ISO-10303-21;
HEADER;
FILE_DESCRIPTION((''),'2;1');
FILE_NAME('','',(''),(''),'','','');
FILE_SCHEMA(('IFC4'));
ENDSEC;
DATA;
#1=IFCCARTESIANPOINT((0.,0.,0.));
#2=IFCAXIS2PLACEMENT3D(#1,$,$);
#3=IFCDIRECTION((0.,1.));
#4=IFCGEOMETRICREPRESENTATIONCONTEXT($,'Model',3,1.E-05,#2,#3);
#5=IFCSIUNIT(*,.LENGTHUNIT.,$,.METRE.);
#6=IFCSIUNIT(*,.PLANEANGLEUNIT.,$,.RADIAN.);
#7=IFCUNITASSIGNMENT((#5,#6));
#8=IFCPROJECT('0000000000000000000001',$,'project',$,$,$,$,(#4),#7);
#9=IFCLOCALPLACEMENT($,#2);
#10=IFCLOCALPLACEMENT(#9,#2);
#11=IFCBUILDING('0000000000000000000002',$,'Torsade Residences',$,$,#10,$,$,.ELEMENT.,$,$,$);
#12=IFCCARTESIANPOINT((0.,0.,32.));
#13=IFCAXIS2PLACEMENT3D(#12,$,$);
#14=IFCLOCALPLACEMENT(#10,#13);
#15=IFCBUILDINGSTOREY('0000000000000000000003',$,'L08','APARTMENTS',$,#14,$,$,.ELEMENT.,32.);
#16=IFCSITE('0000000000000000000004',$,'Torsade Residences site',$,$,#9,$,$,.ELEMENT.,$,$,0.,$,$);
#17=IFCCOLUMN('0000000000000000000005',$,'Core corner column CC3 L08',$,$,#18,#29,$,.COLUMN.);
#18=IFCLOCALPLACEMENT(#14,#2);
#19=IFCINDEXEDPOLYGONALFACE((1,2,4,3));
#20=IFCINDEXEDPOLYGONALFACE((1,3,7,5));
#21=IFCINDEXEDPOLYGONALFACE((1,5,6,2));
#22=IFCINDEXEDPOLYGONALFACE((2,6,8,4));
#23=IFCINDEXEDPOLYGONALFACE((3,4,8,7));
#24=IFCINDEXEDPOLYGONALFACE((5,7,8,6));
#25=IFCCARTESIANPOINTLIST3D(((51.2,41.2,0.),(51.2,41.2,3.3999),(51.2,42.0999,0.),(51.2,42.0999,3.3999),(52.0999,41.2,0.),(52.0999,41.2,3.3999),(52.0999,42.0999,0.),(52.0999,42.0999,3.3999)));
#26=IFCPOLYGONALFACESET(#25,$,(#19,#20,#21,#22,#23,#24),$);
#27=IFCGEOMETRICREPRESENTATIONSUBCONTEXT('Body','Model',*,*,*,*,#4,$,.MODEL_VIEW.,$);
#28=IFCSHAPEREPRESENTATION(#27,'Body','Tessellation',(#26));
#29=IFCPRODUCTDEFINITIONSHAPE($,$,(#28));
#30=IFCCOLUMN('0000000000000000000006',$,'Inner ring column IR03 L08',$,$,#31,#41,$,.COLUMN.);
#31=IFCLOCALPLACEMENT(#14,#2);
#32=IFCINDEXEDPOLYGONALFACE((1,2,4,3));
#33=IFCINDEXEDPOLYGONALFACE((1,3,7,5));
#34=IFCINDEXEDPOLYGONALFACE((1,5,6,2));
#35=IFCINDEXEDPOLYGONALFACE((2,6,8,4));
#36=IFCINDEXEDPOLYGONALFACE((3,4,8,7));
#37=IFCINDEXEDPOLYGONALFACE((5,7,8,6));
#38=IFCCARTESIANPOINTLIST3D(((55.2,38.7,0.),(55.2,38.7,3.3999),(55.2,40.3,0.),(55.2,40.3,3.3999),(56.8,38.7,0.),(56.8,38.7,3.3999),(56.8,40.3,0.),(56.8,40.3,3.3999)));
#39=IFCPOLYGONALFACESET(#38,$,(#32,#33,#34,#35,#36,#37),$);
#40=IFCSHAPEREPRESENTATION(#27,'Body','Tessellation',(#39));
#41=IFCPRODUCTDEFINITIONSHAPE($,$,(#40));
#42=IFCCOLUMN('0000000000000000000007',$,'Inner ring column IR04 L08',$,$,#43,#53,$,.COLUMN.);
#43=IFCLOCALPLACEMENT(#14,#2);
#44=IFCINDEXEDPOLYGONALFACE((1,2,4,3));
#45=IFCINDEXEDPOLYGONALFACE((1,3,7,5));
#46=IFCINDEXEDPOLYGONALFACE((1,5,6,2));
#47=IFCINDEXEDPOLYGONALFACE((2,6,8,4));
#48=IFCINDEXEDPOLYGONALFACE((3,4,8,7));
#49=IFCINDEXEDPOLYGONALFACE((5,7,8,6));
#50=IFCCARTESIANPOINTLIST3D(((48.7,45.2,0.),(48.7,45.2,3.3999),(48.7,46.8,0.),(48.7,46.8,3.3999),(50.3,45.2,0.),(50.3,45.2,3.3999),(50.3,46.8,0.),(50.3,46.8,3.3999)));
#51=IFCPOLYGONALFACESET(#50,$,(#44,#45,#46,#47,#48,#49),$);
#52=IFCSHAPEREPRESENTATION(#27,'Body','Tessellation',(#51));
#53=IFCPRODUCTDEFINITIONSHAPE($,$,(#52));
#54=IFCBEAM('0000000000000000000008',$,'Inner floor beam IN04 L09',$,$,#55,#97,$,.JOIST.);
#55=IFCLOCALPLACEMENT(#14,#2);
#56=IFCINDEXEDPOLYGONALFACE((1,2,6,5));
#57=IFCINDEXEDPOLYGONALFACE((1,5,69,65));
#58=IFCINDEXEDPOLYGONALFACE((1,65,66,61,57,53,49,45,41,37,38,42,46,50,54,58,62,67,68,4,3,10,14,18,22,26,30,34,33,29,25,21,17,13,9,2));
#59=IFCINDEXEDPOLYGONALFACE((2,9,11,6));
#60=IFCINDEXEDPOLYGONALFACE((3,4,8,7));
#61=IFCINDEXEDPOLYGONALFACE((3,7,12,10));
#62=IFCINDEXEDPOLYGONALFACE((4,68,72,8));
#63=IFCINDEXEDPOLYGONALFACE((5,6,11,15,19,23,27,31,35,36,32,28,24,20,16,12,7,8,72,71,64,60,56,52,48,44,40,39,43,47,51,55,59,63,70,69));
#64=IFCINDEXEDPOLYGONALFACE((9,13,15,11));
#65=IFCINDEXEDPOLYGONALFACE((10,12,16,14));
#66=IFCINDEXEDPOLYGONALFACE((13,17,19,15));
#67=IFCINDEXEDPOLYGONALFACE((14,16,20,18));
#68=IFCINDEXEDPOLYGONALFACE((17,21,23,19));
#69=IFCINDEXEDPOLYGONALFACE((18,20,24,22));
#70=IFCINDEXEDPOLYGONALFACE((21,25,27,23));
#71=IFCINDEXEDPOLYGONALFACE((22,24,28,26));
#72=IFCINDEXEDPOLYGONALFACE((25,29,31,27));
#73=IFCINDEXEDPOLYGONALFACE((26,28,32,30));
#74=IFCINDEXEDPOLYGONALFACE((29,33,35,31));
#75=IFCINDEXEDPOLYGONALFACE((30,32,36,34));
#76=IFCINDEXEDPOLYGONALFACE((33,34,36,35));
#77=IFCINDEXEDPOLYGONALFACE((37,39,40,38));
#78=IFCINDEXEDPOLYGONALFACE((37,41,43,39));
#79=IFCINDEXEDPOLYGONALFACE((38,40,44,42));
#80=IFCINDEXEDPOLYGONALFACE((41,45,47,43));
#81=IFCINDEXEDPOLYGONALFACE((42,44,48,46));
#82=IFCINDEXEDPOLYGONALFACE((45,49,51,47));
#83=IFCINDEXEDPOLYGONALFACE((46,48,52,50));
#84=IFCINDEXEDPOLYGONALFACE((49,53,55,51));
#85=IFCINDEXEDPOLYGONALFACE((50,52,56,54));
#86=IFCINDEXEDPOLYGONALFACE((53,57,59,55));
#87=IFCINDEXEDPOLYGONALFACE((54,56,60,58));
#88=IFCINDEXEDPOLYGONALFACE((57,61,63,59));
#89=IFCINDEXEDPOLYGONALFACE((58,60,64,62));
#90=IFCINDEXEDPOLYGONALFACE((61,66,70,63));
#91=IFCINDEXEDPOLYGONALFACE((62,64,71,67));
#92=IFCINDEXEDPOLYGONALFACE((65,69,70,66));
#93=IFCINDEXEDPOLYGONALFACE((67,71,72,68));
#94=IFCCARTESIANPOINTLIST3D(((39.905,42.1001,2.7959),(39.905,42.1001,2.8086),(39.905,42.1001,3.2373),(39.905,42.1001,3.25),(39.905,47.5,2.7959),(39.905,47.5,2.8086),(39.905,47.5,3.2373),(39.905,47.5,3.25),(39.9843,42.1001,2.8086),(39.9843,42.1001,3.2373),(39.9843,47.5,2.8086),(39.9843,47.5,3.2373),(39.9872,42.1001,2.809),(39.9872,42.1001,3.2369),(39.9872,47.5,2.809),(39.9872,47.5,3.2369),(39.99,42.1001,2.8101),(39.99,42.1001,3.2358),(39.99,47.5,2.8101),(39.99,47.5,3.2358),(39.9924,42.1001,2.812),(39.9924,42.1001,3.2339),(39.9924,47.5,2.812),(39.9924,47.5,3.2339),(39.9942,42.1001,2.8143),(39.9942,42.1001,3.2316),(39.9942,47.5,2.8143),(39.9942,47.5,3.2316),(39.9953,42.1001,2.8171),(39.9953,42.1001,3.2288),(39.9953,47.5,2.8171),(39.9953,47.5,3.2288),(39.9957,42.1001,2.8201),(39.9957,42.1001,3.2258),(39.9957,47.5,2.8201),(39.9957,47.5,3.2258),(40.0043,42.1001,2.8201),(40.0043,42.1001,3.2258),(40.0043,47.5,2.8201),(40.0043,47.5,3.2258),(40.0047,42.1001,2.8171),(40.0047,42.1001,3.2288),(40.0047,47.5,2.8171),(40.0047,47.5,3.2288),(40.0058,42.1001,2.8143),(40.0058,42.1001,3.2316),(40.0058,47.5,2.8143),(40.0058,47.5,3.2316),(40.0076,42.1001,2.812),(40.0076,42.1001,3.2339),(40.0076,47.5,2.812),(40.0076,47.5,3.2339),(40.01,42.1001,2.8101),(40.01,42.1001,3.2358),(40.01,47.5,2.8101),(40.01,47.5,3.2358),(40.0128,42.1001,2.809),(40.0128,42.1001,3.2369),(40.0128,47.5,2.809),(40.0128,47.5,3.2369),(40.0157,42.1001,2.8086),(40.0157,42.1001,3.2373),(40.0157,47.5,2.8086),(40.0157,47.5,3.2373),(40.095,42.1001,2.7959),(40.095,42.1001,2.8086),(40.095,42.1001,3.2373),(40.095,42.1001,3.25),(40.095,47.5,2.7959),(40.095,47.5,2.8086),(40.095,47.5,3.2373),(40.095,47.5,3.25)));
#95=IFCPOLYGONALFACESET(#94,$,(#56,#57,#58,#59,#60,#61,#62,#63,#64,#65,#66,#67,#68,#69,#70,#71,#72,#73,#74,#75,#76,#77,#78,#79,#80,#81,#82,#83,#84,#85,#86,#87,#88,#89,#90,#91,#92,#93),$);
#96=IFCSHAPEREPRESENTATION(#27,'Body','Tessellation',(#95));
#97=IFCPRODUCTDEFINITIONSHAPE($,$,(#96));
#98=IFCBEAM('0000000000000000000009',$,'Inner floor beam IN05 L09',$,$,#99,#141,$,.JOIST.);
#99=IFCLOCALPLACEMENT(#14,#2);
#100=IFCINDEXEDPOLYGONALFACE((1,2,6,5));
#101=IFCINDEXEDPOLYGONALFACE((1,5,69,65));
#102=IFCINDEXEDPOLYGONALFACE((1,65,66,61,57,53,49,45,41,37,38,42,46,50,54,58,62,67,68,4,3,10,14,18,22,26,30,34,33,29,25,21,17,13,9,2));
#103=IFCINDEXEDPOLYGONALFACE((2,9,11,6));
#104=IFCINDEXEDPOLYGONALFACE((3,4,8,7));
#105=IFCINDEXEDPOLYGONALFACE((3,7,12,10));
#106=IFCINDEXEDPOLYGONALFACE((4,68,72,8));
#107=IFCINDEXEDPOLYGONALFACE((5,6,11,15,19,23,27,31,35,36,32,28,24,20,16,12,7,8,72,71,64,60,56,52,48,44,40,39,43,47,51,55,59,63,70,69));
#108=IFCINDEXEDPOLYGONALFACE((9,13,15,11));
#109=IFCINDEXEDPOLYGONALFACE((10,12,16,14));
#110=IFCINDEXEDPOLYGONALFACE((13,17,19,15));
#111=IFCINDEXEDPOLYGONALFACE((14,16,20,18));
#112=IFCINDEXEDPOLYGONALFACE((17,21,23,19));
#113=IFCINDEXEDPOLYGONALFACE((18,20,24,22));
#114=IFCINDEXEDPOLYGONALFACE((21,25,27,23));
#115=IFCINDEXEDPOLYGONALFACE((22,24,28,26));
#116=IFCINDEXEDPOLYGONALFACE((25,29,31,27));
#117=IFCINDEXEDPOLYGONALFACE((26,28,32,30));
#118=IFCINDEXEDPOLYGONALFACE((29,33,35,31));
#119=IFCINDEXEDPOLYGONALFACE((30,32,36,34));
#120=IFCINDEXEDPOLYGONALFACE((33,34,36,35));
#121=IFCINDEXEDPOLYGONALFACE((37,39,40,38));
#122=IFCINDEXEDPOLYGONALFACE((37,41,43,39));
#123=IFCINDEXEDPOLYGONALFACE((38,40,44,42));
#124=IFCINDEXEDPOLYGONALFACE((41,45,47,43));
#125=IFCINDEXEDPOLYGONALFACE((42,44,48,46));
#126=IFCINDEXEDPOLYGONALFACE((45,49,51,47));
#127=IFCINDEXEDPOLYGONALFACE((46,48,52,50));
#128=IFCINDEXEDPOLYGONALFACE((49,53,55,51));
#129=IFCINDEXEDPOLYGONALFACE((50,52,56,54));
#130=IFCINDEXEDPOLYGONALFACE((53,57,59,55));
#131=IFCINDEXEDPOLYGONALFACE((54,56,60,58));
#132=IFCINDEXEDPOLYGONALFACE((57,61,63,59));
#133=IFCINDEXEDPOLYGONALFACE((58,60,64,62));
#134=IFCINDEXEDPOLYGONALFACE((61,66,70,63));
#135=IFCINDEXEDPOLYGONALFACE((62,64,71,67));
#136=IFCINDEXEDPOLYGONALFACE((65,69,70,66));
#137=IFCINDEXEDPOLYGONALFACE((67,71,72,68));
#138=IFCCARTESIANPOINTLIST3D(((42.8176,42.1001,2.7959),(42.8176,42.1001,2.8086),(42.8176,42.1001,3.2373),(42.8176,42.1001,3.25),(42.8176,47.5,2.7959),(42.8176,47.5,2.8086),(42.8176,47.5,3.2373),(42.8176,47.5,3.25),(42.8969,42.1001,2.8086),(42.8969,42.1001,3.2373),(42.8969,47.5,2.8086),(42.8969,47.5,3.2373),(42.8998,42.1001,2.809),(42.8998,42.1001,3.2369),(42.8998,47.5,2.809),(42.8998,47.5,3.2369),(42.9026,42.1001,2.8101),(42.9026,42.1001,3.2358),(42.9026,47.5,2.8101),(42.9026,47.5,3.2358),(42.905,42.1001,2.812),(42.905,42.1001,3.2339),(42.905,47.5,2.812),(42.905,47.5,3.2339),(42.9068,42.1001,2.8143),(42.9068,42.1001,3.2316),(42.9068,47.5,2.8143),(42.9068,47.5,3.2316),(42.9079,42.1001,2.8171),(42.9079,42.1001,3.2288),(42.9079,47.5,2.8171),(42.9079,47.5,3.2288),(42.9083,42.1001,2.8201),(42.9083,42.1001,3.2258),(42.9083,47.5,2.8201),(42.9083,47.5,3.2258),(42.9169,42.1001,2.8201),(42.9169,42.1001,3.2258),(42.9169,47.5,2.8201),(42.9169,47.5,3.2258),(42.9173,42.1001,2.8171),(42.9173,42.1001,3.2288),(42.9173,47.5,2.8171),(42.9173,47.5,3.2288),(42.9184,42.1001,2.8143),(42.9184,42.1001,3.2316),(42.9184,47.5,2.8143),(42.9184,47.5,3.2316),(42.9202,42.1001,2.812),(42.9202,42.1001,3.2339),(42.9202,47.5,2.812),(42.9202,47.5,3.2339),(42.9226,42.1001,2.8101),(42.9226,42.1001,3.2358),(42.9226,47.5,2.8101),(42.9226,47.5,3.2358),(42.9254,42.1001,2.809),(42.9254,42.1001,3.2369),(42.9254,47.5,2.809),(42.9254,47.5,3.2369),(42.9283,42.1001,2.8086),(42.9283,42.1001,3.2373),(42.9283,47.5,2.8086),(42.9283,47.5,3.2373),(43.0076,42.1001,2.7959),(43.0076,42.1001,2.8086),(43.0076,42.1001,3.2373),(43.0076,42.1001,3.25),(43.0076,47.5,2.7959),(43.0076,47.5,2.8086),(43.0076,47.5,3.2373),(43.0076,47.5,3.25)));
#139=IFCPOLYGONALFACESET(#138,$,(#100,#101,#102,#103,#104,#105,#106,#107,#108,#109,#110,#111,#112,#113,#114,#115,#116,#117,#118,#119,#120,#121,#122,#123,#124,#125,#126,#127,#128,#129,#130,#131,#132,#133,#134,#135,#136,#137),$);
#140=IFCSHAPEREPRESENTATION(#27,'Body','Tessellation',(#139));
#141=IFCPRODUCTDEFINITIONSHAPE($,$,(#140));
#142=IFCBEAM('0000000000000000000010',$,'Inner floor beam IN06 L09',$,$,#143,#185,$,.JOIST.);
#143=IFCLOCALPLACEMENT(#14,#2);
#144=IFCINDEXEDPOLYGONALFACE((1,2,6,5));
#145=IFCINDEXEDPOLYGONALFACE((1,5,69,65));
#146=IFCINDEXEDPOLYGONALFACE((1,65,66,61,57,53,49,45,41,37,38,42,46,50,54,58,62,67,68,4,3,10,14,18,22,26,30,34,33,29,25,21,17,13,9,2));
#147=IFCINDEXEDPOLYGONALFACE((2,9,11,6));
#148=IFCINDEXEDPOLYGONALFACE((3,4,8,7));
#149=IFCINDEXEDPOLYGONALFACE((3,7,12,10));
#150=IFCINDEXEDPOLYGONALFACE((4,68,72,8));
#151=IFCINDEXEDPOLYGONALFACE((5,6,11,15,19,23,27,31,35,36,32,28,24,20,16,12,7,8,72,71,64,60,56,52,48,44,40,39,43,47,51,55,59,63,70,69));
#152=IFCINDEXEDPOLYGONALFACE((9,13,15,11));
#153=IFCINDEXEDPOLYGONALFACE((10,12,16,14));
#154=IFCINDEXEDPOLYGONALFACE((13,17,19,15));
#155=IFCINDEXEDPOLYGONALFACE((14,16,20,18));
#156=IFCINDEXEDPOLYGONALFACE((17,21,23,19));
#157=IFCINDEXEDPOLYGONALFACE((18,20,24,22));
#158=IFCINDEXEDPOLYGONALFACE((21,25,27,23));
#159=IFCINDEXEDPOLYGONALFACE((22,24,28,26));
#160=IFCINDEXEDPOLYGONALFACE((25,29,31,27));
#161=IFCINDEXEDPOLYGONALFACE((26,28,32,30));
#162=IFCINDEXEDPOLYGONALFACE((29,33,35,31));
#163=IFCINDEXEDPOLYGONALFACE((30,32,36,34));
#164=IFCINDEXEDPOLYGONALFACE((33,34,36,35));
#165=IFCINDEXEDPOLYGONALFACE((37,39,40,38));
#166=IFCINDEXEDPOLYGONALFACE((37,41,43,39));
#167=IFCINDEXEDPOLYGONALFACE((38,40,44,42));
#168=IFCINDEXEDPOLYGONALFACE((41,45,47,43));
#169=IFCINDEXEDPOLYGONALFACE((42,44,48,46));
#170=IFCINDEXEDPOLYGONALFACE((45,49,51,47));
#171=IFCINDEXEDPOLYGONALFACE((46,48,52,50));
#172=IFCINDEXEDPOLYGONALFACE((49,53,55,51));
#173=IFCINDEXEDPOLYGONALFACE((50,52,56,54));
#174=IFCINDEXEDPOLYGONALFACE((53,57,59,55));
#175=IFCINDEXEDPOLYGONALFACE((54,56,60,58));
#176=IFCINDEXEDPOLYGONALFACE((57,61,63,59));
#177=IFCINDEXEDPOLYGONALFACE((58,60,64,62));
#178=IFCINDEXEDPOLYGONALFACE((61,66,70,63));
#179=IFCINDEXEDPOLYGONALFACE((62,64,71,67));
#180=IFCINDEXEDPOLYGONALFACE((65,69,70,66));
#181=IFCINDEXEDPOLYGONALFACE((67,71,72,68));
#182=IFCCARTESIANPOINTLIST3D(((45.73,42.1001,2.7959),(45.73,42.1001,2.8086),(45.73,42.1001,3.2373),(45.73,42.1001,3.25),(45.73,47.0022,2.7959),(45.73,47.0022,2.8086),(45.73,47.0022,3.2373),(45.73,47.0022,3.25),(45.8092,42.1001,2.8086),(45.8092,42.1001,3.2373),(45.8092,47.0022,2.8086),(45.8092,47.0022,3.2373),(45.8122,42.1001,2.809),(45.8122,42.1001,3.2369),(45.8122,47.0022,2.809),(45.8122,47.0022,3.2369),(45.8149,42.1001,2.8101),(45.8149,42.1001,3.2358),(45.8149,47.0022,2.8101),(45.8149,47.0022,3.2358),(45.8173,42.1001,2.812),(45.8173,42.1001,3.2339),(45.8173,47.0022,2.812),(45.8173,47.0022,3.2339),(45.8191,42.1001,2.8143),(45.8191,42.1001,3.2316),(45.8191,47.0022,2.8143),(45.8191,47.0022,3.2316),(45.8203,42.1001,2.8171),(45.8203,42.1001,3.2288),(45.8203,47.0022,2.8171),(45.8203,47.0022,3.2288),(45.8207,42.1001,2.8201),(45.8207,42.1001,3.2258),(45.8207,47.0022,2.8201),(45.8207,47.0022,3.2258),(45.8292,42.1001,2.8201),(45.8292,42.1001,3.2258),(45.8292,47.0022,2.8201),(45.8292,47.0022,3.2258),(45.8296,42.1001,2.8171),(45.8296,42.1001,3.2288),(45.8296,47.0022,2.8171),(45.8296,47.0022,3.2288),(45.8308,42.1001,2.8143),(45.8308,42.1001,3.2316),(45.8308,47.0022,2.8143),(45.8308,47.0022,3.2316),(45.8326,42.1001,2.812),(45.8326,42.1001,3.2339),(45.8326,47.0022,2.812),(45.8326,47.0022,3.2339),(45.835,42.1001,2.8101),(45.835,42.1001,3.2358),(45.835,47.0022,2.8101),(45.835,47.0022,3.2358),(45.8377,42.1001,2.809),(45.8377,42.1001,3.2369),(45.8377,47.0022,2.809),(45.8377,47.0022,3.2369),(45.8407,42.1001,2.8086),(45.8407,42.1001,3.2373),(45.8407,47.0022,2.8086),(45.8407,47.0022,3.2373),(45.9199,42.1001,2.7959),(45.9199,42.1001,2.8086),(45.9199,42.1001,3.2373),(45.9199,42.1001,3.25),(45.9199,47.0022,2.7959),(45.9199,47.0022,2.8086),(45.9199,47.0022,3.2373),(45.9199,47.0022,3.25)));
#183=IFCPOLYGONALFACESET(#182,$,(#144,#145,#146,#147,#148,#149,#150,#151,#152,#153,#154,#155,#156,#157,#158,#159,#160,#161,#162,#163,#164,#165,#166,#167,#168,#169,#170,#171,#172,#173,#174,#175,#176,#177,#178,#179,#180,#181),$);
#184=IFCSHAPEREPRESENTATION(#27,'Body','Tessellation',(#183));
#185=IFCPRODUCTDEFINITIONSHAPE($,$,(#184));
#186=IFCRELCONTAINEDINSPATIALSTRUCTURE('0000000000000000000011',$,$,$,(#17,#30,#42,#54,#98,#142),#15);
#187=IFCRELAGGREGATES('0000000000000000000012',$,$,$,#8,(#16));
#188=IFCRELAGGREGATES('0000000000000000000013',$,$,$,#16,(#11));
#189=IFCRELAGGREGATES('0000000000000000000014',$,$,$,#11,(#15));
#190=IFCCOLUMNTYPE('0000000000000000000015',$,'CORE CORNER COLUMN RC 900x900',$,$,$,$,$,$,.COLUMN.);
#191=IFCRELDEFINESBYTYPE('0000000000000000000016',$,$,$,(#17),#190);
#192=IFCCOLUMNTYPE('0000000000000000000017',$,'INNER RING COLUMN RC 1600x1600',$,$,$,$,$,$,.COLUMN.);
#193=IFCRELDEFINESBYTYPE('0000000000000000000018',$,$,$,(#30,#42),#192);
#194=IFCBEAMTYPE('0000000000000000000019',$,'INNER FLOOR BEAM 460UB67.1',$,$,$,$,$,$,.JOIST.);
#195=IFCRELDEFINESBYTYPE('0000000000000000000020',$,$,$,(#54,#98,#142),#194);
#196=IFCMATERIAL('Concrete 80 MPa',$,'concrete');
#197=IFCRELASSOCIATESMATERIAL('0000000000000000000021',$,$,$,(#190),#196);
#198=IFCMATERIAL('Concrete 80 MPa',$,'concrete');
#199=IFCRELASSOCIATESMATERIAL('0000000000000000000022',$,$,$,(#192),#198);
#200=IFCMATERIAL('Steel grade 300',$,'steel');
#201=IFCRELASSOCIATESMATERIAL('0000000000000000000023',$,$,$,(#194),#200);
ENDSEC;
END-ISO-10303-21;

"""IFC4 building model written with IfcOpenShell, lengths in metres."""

from ifc_helpers import new_model, si_unit, direction, frame, origin, origin_2d, place, context, subcontext, project, spatial, rectangle, i_section, extrude, material, material_profile, profile_set, type_object, element, save


model = new_model("IFC4")

# Units and contexts
model_context = context("Model", 3, precision=1e-05, world=origin(), true_north=direction((0.0, 1.0)))
body_context = subcontext(model_context, "Body", "Model", "MODEL_VIEW")
ifc_project = project(units=[si_unit("LENGTHUNIT", "METRE"), si_unit("PLANEANGLEUNIT", "RADIAN")], contexts=[model_context])

# Site, building, storey
site_placement = place(None, origin())
site = spatial("IfcSite", under=ifc_project, at=site_placement, Name="Torsade Residences site", CompositionType="ELEMENT", RefElevation=0.0)
building_placement = place(site_placement, origin())
building = spatial("IfcBuilding", under=site, at=building_placement, Name="Torsade Residences", CompositionType="ELEMENT")
storey_placement = place(building_placement, frame((0.0, 0.0, 32.0)))
storey = spatial("IfcBuildingStorey", under=building, at=storey_placement, Name="L08", Description="APARTMENTS", CompositionType="ELEMENT", Elevation=32.0)

# Columns
ifc_material_1 = material(Name="Concrete 80 MPa", Category="concrete")
ifc_material_profile_1 = material_profile(ifc_material_1, rectangle(XDim=0.8999, YDim=0.8999, at=origin_2d()), Name="RC 900x900")
ifc_profile_set_1 = profile_set([ifc_material_profile_1], Name="Concrete 80 MPa")
column_type_1 = type_object("IfcColumnType", Name="CORE CORNER COLUMN RC 900x900", PredefinedType="COLUMN", material=ifc_profile_set_1)
column_placement = place(storey_placement, frame((51.6499, 41.6499, 0.0), z_axis=(0.0, 0.0, 1.0), x_axis=(1.0, 0.0, 0.0)))
element("IfcColumn", 1, at=column_placement, inside=storey, type_object=column_type_1, Name="Core corner column CC3 L08", PredefinedType="COLUMN", context=body_context, shape_type="SweptSolid", body=[
    extrude(rectangle(XDim=0.8999, YDim=0.8999, at=origin_2d()), origin(), (0.0, 0.0, 1.0), 3.3999),
])
ifc_material_2 = material(Name="Concrete 80 MPa", Category="concrete")
ifc_material_profile_2 = material_profile(ifc_material_2, rectangle(XDim=1.6001, YDim=1.6001, at=origin_2d()), Name="RC 1600x1600")
ifc_profile_set_2 = profile_set([ifc_material_profile_2], Name="Concrete 80 MPa")
column_type_2 = type_object("IfcColumnType", Name="INNER RING COLUMN RC 1600x1600", PredefinedType="COLUMN", material=ifc_profile_set_2)
for number, where, z_axis, x_axis, name in (
    (2, (56.0, 39.5, 0.0), (0.0, 0.0, 1.0), (1.0, 0.0, 0.0), "Inner ring column IR03 L08"),
    (3, (49.5, 46.0, 0.0), (0.0, 0.0, 1.0), (1.0, 0.0, 0.0), "Inner ring column IR04 L08"),
):
    element("IfcColumn", number, at=place(storey_placement, frame(where, z_axis=z_axis, x_axis=x_axis)), inside=storey, type_object=column_type_2, Name=name, PredefinedType="COLUMN", context=body_context, shape_type="SweptSolid", body=[
        extrude(rectangle(XDim=1.6001, YDim=1.6001, at=origin_2d()), origin(), (0.0, 0.0, 1.0), 3.3999),
    ])

# Beams
ifc_material_3 = material(Name="Steel grade 300", Category="steel")
ifc_material_profile_3 = material_profile(ifc_material_3, i_section(OverallWidth=0.1899, OverallDepth=0.4541, WebThickness=0.0085, FlangeThickness=0.0127, FilletRadius=0.0115, at=origin_2d()), Name="460UB67.1")
ifc_profile_set_3 = profile_set([ifc_material_profile_3], Name="Steel grade 300")
beam_type_1 = type_object("IfcBeamType", Name="INNER FLOOR BEAM 460UB67.1", PredefinedType="JOIST", material=ifc_profile_set_3)
for number, where, z_axis, x_axis, name in (
    (4, (40.0, 42.1001, 3.0229), (0.0, 1.0, 0.0), (-1.0, 0.0, 0.0), "Inner floor beam IN04 L09"),
    (5, (42.9126, 42.1001, 3.0229), (0.0, 1.0, 0.0), (-1.0, 0.0, 0.0), "Inner floor beam IN05 L09"),
):
    element("IfcBeam", number, at=place(storey_placement, frame(where, z_axis=z_axis, x_axis=x_axis)), inside=storey, type_object=beam_type_1, Name=name, PredefinedType="JOIST", context=body_context, shape_type="SweptSolid", body=[
        extrude(i_section(OverallWidth=0.1899, OverallDepth=0.4541, WebThickness=0.0085, FlangeThickness=0.0127, FilletRadius=0.0115, at=origin_2d()), origin(), (0.0, 0.0, 1.0), 5.3999),
    ])
beam_1_placement = place(storey_placement, frame((45.825, 42.1001, 3.0229), z_axis=(0.0, 1.0, 0.0), x_axis=(-1.0, 0.0, 0.0)))
element("IfcBeam", 6, at=beam_1_placement, inside=storey, type_object=beam_type_1, Name="Inner floor beam IN06 L09", PredefinedType="JOIST", context=body_context, shape_type="SweptSolid", body=[
    extrude(i_section(OverallWidth=0.1899, OverallDepth=0.4541, WebThickness=0.0085, FlangeThickness=0.0127, FilletRadius=0.0115, at=origin_2d()), origin(), (0.0, 0.0, 1.0), 4.9021),
])

save(model, "model.ifc")
